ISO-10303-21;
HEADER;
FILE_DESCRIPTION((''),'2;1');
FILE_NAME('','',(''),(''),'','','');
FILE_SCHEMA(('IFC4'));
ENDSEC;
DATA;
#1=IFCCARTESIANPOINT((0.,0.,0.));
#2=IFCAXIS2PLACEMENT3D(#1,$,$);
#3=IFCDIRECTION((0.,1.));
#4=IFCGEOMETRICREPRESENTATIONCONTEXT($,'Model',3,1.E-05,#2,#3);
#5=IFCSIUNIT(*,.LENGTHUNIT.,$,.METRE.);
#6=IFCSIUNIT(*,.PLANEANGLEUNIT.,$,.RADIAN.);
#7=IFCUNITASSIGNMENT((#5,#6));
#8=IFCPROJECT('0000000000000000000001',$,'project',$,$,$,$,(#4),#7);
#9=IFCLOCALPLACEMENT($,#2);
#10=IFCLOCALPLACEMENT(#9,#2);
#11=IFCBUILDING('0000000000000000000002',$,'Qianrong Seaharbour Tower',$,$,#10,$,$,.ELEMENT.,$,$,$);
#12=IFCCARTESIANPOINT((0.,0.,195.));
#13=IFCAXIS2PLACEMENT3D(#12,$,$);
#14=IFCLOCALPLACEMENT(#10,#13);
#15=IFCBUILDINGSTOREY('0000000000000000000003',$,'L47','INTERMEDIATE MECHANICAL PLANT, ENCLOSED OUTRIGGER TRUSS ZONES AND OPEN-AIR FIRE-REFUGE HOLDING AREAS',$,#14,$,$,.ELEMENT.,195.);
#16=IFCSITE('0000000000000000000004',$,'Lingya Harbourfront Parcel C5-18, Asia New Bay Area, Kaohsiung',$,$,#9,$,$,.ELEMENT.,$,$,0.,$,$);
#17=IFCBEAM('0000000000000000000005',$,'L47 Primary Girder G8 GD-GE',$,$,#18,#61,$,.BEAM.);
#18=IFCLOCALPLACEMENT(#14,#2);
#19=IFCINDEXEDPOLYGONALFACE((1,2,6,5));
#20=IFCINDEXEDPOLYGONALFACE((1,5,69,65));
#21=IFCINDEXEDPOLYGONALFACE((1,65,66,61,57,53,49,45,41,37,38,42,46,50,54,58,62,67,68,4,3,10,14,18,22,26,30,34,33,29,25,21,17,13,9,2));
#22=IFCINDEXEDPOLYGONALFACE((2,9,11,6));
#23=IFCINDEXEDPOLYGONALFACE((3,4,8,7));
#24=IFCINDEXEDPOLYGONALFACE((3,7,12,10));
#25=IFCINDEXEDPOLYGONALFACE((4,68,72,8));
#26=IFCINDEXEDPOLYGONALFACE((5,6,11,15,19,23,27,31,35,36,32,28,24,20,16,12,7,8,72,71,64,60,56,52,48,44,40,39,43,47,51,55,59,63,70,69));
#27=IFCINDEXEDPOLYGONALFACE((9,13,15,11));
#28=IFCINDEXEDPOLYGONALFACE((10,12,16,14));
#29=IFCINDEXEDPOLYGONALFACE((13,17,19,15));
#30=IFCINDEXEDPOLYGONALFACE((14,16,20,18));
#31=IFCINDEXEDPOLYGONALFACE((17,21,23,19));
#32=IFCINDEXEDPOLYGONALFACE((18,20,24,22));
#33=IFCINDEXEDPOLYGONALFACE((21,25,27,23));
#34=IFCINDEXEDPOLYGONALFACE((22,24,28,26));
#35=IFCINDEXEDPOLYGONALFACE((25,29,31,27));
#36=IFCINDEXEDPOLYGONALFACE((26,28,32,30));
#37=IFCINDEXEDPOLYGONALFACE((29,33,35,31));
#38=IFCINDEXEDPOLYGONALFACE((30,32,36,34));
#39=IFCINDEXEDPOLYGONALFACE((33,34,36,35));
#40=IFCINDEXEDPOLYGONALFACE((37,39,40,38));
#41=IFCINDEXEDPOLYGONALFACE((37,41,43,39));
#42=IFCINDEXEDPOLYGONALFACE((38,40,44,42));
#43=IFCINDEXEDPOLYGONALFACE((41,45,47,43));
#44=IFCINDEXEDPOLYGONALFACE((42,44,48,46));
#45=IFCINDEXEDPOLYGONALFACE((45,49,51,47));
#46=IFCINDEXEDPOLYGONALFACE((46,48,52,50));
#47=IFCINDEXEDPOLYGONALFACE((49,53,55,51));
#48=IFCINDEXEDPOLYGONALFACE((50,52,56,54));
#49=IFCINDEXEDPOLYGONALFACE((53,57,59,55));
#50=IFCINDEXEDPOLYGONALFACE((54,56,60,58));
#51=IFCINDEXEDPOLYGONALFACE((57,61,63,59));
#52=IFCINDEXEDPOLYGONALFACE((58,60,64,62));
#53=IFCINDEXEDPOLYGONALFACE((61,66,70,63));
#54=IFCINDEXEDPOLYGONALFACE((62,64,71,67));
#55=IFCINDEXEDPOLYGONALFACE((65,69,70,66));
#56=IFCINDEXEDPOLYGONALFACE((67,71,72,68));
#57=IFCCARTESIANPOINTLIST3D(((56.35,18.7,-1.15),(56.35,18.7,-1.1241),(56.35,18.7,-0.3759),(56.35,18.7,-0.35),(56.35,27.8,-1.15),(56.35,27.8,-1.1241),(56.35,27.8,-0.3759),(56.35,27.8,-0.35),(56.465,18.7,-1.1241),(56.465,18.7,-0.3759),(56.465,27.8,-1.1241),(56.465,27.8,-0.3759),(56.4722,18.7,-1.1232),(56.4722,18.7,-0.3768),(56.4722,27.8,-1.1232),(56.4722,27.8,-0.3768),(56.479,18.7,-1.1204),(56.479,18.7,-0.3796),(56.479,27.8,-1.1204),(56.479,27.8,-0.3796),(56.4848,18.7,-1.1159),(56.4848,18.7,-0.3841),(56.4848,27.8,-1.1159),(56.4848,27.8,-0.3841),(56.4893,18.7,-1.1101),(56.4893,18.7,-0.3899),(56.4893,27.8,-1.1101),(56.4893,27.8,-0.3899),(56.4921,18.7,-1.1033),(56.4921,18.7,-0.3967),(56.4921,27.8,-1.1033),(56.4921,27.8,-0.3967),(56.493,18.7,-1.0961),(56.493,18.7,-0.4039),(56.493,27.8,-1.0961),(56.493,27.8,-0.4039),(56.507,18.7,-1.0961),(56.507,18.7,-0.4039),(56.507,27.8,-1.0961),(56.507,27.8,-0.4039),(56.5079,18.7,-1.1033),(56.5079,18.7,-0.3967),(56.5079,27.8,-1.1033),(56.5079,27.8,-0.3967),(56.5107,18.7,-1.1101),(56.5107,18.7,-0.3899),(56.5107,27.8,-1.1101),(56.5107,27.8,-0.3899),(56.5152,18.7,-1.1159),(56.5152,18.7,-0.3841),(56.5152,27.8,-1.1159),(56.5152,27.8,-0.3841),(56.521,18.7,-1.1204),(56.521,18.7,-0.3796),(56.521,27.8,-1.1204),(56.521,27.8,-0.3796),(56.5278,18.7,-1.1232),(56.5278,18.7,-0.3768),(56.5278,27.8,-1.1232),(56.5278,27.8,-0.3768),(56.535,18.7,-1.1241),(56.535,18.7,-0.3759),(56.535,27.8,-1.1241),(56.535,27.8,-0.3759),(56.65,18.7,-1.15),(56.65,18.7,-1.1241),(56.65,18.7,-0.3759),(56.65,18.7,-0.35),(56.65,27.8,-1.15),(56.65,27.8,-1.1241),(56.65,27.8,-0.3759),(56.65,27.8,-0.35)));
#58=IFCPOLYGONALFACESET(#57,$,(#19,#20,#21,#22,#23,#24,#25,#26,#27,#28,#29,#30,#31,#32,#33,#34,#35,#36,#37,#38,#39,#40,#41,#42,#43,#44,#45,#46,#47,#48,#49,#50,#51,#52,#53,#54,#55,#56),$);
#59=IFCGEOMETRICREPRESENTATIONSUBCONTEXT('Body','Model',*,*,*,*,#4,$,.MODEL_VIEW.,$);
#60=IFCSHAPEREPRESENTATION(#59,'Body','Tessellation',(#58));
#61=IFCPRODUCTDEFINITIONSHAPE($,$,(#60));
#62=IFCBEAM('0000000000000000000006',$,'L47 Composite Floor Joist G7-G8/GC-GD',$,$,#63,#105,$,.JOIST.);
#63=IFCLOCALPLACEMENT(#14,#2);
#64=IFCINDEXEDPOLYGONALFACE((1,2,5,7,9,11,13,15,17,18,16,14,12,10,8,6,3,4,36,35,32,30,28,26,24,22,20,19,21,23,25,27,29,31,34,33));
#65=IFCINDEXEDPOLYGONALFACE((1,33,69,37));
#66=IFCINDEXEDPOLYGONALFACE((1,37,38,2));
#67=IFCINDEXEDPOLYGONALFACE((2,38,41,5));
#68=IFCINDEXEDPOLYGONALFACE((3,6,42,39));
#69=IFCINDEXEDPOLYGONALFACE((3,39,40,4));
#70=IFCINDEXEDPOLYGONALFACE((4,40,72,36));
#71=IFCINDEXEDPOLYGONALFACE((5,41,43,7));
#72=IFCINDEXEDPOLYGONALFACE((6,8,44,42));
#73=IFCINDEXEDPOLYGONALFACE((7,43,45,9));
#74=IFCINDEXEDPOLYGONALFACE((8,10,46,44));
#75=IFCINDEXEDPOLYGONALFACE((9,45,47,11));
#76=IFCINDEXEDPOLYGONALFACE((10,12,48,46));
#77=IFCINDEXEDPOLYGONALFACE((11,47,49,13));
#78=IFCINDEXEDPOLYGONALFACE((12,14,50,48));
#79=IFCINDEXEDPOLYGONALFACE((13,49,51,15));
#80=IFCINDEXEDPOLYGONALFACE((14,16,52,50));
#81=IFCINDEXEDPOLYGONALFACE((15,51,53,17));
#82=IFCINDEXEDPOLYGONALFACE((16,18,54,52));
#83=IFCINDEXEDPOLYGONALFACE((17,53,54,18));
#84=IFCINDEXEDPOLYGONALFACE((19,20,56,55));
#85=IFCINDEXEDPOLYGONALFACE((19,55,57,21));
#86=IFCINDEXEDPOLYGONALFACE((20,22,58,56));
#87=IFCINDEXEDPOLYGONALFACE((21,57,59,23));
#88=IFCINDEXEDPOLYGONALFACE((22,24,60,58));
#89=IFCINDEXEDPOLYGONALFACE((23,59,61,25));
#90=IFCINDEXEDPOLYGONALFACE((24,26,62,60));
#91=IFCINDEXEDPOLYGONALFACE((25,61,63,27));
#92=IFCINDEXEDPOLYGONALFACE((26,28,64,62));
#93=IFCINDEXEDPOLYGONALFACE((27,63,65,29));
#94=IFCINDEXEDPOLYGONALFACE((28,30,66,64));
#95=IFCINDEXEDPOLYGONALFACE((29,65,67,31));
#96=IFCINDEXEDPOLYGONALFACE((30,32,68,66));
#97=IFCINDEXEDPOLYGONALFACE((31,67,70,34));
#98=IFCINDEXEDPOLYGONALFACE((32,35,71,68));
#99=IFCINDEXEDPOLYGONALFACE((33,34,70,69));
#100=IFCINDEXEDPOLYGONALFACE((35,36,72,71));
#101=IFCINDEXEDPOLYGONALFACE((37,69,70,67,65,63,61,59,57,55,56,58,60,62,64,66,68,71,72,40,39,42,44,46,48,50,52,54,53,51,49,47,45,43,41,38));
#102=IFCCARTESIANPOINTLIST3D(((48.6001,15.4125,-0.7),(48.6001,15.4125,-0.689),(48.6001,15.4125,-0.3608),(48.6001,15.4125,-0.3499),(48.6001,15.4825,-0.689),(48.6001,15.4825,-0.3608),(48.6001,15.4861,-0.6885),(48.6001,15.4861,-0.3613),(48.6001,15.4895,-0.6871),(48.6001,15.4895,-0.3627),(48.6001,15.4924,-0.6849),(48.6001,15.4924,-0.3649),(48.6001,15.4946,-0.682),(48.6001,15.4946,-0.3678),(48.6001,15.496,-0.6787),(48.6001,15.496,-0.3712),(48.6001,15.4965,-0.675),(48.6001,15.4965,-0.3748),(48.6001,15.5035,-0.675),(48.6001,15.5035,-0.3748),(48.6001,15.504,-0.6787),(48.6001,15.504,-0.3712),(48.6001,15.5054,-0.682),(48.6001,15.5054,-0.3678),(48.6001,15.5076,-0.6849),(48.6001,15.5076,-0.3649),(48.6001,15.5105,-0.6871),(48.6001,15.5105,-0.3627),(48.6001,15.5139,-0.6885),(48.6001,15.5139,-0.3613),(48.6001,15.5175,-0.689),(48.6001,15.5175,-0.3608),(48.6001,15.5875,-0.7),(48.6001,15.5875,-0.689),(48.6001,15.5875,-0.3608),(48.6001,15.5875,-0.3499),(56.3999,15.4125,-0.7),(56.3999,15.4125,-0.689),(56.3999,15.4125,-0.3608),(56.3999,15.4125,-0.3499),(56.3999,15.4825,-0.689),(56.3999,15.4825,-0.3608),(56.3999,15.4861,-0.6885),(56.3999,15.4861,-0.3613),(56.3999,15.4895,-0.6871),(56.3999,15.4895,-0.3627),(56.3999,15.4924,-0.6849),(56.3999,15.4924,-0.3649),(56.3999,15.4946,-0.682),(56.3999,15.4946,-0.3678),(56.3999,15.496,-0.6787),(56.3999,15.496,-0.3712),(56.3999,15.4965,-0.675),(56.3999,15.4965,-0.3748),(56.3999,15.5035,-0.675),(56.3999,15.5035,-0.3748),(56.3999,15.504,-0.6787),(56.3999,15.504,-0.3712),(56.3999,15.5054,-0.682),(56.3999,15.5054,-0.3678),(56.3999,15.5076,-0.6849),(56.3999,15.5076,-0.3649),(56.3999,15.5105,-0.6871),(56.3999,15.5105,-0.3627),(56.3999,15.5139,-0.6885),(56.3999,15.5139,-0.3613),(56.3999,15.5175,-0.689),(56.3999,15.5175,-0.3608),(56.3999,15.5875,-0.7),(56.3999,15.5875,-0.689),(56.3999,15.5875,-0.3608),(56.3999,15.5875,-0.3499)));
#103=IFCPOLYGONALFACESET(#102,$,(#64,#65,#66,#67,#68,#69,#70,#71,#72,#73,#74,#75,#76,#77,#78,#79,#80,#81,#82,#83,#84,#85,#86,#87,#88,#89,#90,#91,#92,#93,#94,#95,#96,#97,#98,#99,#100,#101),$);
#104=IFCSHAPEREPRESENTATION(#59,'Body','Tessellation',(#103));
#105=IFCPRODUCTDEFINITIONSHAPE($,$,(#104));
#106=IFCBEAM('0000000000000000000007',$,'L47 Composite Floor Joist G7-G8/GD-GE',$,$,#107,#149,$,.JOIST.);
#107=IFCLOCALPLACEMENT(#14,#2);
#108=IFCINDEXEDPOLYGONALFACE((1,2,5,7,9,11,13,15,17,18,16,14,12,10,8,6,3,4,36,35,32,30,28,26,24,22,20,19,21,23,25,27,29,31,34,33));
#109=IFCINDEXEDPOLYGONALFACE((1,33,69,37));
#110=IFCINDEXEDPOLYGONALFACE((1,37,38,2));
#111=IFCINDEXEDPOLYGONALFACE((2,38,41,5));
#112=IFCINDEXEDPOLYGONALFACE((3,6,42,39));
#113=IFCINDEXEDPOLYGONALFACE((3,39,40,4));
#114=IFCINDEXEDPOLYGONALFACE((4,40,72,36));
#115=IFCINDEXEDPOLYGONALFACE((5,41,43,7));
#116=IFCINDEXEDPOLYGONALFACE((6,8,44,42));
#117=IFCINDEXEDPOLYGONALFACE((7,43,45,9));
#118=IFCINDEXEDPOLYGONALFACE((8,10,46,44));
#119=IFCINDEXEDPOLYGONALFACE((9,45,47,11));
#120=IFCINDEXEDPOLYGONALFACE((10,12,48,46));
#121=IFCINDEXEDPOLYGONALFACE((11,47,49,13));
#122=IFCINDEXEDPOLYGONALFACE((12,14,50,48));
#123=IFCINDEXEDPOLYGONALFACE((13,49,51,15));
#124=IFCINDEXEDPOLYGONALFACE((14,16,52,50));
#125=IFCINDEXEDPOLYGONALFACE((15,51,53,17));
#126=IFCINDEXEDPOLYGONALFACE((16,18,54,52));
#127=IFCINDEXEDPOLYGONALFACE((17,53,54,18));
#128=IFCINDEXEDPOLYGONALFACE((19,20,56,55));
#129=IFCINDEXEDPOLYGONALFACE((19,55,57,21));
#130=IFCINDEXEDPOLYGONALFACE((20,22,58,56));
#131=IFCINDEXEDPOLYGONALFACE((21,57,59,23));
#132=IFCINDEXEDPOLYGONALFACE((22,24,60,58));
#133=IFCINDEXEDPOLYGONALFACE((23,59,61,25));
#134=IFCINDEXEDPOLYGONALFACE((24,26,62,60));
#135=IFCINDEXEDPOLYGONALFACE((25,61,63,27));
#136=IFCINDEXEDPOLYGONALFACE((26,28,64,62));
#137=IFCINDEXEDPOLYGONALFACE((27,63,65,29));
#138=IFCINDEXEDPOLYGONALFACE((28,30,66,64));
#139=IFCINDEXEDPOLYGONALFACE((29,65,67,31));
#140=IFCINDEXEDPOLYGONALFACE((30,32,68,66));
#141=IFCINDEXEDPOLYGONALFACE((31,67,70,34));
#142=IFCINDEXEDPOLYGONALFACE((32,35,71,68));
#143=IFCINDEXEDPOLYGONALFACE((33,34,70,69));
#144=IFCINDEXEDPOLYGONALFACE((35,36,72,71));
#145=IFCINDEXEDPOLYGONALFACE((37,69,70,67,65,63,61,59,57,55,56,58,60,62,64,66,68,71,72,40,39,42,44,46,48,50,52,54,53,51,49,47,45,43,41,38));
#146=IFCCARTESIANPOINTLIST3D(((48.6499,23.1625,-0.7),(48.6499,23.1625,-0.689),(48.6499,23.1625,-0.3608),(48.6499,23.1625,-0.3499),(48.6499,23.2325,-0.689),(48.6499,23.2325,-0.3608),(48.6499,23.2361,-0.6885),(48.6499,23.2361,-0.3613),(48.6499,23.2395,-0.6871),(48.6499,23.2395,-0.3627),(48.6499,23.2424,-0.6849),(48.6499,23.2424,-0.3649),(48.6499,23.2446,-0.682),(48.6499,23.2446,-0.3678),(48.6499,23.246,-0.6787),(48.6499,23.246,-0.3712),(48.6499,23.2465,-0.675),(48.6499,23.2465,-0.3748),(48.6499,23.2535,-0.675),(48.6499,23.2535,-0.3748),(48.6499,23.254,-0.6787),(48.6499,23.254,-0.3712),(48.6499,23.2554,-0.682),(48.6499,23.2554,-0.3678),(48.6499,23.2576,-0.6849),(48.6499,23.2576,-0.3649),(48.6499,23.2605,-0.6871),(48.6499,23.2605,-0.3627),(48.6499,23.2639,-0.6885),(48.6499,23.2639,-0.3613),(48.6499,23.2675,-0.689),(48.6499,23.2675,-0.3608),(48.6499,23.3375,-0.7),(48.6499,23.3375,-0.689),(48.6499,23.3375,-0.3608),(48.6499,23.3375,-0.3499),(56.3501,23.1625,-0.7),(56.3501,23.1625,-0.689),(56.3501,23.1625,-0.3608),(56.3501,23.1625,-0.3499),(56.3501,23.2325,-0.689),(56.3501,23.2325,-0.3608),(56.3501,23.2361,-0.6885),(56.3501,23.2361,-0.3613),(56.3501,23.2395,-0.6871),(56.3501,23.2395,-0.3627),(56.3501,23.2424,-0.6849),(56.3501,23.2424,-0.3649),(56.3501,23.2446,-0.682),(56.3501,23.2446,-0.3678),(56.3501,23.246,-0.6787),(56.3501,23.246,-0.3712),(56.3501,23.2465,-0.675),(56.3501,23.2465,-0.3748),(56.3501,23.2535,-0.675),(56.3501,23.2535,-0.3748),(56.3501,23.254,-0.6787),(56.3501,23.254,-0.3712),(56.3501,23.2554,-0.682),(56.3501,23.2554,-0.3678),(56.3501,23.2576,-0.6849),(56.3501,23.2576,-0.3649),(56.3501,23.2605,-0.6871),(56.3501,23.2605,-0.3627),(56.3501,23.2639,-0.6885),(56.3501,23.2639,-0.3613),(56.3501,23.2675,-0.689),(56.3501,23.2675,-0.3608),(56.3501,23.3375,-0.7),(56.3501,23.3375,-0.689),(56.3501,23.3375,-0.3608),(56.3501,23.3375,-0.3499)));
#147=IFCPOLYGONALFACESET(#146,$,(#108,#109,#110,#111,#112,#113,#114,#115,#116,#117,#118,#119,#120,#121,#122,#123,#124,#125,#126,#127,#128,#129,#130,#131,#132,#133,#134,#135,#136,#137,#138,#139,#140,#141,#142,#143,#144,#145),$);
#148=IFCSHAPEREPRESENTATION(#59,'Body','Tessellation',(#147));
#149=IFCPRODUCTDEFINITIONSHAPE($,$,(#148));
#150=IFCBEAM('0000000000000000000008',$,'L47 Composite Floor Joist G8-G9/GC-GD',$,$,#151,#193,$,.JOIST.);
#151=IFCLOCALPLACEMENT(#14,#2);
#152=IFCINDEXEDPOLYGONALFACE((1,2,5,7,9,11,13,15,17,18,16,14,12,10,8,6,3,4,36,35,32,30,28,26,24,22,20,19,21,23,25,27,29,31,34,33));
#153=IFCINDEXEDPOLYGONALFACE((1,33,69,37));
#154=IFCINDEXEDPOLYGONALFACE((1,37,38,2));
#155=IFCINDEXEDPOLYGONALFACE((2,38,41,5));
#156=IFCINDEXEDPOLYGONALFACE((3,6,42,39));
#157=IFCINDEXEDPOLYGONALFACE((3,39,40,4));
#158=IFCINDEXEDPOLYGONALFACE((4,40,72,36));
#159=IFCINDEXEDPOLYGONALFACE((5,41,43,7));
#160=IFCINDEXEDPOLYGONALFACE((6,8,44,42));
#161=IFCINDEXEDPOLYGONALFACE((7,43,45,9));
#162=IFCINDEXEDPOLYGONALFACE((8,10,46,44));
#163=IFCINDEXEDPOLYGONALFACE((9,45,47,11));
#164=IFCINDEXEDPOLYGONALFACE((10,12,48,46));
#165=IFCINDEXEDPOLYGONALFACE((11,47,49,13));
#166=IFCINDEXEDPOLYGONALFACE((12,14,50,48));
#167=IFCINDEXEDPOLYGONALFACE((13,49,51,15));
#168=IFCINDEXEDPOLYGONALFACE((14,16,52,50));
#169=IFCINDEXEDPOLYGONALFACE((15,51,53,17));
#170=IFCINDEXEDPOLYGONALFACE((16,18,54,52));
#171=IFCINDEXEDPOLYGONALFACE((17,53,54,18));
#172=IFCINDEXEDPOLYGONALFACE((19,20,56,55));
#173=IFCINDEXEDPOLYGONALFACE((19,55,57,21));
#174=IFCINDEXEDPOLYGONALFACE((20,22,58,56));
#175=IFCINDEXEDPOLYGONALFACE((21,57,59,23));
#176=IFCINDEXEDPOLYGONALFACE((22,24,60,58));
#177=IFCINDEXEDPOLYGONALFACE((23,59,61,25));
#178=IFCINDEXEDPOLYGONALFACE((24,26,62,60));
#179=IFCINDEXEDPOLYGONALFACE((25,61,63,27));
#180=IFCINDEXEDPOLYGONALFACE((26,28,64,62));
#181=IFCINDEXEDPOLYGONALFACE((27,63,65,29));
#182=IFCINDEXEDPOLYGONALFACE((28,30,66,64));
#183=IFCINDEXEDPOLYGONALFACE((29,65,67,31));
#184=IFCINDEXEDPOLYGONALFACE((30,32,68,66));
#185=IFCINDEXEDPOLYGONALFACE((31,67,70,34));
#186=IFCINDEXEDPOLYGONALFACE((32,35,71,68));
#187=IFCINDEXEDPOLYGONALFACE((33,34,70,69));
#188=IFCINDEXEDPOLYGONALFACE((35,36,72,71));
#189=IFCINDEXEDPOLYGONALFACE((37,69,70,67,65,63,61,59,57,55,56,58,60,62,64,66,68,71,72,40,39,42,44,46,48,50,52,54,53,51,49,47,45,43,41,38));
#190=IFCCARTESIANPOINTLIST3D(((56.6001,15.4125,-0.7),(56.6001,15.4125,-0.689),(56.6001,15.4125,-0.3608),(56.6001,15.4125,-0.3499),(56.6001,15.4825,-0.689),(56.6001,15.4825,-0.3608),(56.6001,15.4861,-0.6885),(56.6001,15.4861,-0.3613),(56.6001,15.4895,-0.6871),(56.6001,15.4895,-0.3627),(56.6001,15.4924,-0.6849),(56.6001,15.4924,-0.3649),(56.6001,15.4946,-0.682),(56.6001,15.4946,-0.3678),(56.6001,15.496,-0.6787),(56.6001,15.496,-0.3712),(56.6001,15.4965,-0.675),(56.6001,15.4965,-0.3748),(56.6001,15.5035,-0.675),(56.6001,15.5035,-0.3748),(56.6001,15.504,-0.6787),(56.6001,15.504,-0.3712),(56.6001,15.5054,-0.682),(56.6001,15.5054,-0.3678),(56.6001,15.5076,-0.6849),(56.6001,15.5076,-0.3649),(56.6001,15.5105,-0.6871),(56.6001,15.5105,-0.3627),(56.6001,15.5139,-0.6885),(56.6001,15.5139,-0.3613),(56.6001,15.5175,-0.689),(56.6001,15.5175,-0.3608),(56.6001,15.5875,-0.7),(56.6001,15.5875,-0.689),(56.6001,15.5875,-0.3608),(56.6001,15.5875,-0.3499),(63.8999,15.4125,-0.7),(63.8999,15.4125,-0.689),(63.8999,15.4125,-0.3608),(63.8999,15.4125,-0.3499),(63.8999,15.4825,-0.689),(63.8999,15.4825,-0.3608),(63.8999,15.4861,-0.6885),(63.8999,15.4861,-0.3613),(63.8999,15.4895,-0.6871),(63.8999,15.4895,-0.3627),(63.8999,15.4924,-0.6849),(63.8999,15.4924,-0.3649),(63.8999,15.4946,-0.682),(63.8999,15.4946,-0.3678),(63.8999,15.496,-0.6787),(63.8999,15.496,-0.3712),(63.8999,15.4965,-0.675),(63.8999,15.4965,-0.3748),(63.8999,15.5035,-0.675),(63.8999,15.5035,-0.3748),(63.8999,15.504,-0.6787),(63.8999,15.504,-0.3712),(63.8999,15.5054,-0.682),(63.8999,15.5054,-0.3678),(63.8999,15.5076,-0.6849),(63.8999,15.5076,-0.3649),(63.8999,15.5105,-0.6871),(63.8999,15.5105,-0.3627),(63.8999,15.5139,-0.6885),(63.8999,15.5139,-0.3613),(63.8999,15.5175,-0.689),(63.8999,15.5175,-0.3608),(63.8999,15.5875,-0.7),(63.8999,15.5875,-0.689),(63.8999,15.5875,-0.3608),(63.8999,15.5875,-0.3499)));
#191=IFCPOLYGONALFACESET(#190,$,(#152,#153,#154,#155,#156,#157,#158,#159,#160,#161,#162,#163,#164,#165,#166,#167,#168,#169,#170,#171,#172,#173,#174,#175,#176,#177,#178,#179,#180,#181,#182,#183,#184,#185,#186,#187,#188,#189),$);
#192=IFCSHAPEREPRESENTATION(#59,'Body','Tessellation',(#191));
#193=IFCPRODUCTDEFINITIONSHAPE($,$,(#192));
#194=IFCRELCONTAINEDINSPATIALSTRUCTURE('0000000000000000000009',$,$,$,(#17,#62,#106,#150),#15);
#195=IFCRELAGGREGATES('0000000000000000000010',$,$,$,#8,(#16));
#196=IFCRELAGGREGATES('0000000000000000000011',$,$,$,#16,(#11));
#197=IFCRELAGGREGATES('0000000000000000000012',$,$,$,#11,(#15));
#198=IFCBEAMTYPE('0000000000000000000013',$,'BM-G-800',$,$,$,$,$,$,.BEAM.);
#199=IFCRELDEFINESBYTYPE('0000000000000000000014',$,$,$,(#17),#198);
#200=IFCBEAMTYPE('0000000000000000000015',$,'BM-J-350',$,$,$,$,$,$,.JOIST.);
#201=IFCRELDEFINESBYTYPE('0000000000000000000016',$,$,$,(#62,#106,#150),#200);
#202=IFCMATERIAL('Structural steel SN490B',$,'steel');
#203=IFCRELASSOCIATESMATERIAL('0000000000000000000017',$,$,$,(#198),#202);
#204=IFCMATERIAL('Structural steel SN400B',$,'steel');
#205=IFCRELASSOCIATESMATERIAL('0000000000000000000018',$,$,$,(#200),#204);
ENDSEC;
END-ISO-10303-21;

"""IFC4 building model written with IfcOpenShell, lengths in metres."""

from ifc_helpers import new_model, si_unit, direction, frame, origin, origin_2d, place, context, subcontext, project, spatial, i_section, extrude, material, material_profile, profile_set, type_object, element, save


model = new_model("IFC4")

# Units and contexts
model_context = context("Model", 3, precision=1e-05, world=origin(), true_north=direction((0.0, 1.0)))
body_context = subcontext(model_context, "Body", "Model", "MODEL_VIEW")
ifc_project = project(units=[si_unit("LENGTHUNIT", "METRE"), si_unit("PLANEANGLEUNIT", "RADIAN")], contexts=[model_context])

# Site, building, storey
site_placement = place(None, origin())
site = spatial("IfcSite", under=ifc_project, at=site_placement, Name="Lingya Harbourfront Parcel C5-18, Asia New Bay Area, Kaohsiung", CompositionType="ELEMENT", RefElevation=0.0)
building_placement = place(site_placement, origin())
building = spatial("IfcBuilding", under=site, at=building_placement, Name="Qianrong Seaharbour Tower", CompositionType="ELEMENT")
storey_placement = place(building_placement, frame((0.0, 0.0, 195.0)))
storey = spatial("IfcBuildingStorey", under=building, at=storey_placement, Name="L47", Description="INTERMEDIATE MECHANICAL PLANT, ENCLOSED OUTRIGGER TRUSS ZONES AND OPEN-AIR FIRE-REFUGE HOLDING AREAS", CompositionType="ELEMENT", Elevation=195.0)

# Shared definitions
ifc_material_1 = material(Name="Structural steel SN490B", Category="steel")

# Beams
ifc_material_profile_1 = material_profile(ifc_material_1, i_section(OverallWidth=0.3, OverallDepth=0.8, WebThickness=0.0139, FlangeThickness=0.0259, FilletRadius=0.0281, at=origin_2d()), Name="H800x300x14x26")
ifc_profile_set_1 = profile_set([ifc_material_profile_1], Name="Structural steel SN490B")
beam_type_1 = type_object("IfcBeamType", Name="BM-G-800", PredefinedType="BEAM", material=ifc_profile_set_1)
beam_1_placement = place(storey_placement, frame((56.5, 18.7, -0.75), z_axis=(0.0, 1.0, 0.0), x_axis=(-1.0, 0.0, 0.0)))
element("IfcBeam", 1, at=beam_1_placement, inside=storey, type_object=beam_type_1, Name="L47 Primary Girder G8 GD-GE", PredefinedType="BEAM", context=body_context, shape_type="SweptSolid", body=[
    extrude(i_section(OverallWidth=0.3, OverallDepth=0.8, WebThickness=0.0139, FlangeThickness=0.0259, FilletRadius=0.0281, at=origin_2d()), origin(), (0.0, 0.0, 1.0), 9.1001),
])
ifc_material_2 = material(Name="Structural steel SN400B", Category="steel")
ifc_material_profile_2 = material_profile(ifc_material_2, i_section(OverallWidth=0.175, OverallDepth=0.3501, WebThickness=0.0071, FlangeThickness=0.011, FilletRadius=0.0139, at=origin_2d()), Name="H350x175x7x11")
ifc_profile_set_2 = profile_set([ifc_material_profile_2], Name="Structural steel SN400B")
beam_type_2 = type_object("IfcBeamType", Name="BM-J-350", PredefinedType="JOIST", material=ifc_profile_set_2)
beam_2_placement = place(storey_placement, frame((48.6001, 15.5, -0.5249), z_axis=(1.0, 0.0, 0.0), x_axis=(0.0, 1.0, 0.0)))
element("IfcBeam", 2, at=beam_2_placement, inside=storey, type_object=beam_type_2, Name="L47 Composite Floor Joist G7-G8/GC-GD", PredefinedType="JOIST", context=body_context, shape_type="SweptSolid", body=[
    extrude(i_section(OverallWidth=0.175, OverallDepth=0.3501, WebThickness=0.0071, FlangeThickness=0.011, FilletRadius=0.0139, at=origin_2d()), origin(), (0.0, 0.0, 1.0), 7.7998),
])
beam_3_placement = place(storey_placement, frame((48.6499, 23.25, -0.5249), z_axis=(1.0, 0.0, 0.0), x_axis=(0.0, 1.0, 0.0)))
element("IfcBeam", 3, at=beam_3_placement, inside=storey, type_object=beam_type_2, Name="L47 Composite Floor Joist G7-G8/GD-GE", PredefinedType="JOIST", context=body_context, shape_type="SweptSolid", body=[
    extrude(i_section(OverallWidth=0.175, OverallDepth=0.3501, WebThickness=0.0071, FlangeThickness=0.011, FilletRadius=0.0139, at=origin_2d()), origin(), (0.0, 0.0, 1.0), 7.7002),
])
beam_4_placement = place(storey_placement, frame((56.6001, 15.5, -0.5249), z_axis=(1.0, 0.0, 0.0), x_axis=(0.0, 1.0, 0.0)))
element("IfcBeam", 4, at=beam_4_placement, inside=storey, type_object=beam_type_2, Name="L47 Composite Floor Joist G8-G9/GC-GD", PredefinedType="JOIST", context=body_context, shape_type="SweptSolid", body=[
    extrude(i_section(OverallWidth=0.175, OverallDepth=0.3501, WebThickness=0.0071, FlangeThickness=0.011, FilletRadius=0.0139, at=origin_2d()), origin(), (0.0, 0.0, 1.0), 7.2998),
])

save(model, "model.ifc")
